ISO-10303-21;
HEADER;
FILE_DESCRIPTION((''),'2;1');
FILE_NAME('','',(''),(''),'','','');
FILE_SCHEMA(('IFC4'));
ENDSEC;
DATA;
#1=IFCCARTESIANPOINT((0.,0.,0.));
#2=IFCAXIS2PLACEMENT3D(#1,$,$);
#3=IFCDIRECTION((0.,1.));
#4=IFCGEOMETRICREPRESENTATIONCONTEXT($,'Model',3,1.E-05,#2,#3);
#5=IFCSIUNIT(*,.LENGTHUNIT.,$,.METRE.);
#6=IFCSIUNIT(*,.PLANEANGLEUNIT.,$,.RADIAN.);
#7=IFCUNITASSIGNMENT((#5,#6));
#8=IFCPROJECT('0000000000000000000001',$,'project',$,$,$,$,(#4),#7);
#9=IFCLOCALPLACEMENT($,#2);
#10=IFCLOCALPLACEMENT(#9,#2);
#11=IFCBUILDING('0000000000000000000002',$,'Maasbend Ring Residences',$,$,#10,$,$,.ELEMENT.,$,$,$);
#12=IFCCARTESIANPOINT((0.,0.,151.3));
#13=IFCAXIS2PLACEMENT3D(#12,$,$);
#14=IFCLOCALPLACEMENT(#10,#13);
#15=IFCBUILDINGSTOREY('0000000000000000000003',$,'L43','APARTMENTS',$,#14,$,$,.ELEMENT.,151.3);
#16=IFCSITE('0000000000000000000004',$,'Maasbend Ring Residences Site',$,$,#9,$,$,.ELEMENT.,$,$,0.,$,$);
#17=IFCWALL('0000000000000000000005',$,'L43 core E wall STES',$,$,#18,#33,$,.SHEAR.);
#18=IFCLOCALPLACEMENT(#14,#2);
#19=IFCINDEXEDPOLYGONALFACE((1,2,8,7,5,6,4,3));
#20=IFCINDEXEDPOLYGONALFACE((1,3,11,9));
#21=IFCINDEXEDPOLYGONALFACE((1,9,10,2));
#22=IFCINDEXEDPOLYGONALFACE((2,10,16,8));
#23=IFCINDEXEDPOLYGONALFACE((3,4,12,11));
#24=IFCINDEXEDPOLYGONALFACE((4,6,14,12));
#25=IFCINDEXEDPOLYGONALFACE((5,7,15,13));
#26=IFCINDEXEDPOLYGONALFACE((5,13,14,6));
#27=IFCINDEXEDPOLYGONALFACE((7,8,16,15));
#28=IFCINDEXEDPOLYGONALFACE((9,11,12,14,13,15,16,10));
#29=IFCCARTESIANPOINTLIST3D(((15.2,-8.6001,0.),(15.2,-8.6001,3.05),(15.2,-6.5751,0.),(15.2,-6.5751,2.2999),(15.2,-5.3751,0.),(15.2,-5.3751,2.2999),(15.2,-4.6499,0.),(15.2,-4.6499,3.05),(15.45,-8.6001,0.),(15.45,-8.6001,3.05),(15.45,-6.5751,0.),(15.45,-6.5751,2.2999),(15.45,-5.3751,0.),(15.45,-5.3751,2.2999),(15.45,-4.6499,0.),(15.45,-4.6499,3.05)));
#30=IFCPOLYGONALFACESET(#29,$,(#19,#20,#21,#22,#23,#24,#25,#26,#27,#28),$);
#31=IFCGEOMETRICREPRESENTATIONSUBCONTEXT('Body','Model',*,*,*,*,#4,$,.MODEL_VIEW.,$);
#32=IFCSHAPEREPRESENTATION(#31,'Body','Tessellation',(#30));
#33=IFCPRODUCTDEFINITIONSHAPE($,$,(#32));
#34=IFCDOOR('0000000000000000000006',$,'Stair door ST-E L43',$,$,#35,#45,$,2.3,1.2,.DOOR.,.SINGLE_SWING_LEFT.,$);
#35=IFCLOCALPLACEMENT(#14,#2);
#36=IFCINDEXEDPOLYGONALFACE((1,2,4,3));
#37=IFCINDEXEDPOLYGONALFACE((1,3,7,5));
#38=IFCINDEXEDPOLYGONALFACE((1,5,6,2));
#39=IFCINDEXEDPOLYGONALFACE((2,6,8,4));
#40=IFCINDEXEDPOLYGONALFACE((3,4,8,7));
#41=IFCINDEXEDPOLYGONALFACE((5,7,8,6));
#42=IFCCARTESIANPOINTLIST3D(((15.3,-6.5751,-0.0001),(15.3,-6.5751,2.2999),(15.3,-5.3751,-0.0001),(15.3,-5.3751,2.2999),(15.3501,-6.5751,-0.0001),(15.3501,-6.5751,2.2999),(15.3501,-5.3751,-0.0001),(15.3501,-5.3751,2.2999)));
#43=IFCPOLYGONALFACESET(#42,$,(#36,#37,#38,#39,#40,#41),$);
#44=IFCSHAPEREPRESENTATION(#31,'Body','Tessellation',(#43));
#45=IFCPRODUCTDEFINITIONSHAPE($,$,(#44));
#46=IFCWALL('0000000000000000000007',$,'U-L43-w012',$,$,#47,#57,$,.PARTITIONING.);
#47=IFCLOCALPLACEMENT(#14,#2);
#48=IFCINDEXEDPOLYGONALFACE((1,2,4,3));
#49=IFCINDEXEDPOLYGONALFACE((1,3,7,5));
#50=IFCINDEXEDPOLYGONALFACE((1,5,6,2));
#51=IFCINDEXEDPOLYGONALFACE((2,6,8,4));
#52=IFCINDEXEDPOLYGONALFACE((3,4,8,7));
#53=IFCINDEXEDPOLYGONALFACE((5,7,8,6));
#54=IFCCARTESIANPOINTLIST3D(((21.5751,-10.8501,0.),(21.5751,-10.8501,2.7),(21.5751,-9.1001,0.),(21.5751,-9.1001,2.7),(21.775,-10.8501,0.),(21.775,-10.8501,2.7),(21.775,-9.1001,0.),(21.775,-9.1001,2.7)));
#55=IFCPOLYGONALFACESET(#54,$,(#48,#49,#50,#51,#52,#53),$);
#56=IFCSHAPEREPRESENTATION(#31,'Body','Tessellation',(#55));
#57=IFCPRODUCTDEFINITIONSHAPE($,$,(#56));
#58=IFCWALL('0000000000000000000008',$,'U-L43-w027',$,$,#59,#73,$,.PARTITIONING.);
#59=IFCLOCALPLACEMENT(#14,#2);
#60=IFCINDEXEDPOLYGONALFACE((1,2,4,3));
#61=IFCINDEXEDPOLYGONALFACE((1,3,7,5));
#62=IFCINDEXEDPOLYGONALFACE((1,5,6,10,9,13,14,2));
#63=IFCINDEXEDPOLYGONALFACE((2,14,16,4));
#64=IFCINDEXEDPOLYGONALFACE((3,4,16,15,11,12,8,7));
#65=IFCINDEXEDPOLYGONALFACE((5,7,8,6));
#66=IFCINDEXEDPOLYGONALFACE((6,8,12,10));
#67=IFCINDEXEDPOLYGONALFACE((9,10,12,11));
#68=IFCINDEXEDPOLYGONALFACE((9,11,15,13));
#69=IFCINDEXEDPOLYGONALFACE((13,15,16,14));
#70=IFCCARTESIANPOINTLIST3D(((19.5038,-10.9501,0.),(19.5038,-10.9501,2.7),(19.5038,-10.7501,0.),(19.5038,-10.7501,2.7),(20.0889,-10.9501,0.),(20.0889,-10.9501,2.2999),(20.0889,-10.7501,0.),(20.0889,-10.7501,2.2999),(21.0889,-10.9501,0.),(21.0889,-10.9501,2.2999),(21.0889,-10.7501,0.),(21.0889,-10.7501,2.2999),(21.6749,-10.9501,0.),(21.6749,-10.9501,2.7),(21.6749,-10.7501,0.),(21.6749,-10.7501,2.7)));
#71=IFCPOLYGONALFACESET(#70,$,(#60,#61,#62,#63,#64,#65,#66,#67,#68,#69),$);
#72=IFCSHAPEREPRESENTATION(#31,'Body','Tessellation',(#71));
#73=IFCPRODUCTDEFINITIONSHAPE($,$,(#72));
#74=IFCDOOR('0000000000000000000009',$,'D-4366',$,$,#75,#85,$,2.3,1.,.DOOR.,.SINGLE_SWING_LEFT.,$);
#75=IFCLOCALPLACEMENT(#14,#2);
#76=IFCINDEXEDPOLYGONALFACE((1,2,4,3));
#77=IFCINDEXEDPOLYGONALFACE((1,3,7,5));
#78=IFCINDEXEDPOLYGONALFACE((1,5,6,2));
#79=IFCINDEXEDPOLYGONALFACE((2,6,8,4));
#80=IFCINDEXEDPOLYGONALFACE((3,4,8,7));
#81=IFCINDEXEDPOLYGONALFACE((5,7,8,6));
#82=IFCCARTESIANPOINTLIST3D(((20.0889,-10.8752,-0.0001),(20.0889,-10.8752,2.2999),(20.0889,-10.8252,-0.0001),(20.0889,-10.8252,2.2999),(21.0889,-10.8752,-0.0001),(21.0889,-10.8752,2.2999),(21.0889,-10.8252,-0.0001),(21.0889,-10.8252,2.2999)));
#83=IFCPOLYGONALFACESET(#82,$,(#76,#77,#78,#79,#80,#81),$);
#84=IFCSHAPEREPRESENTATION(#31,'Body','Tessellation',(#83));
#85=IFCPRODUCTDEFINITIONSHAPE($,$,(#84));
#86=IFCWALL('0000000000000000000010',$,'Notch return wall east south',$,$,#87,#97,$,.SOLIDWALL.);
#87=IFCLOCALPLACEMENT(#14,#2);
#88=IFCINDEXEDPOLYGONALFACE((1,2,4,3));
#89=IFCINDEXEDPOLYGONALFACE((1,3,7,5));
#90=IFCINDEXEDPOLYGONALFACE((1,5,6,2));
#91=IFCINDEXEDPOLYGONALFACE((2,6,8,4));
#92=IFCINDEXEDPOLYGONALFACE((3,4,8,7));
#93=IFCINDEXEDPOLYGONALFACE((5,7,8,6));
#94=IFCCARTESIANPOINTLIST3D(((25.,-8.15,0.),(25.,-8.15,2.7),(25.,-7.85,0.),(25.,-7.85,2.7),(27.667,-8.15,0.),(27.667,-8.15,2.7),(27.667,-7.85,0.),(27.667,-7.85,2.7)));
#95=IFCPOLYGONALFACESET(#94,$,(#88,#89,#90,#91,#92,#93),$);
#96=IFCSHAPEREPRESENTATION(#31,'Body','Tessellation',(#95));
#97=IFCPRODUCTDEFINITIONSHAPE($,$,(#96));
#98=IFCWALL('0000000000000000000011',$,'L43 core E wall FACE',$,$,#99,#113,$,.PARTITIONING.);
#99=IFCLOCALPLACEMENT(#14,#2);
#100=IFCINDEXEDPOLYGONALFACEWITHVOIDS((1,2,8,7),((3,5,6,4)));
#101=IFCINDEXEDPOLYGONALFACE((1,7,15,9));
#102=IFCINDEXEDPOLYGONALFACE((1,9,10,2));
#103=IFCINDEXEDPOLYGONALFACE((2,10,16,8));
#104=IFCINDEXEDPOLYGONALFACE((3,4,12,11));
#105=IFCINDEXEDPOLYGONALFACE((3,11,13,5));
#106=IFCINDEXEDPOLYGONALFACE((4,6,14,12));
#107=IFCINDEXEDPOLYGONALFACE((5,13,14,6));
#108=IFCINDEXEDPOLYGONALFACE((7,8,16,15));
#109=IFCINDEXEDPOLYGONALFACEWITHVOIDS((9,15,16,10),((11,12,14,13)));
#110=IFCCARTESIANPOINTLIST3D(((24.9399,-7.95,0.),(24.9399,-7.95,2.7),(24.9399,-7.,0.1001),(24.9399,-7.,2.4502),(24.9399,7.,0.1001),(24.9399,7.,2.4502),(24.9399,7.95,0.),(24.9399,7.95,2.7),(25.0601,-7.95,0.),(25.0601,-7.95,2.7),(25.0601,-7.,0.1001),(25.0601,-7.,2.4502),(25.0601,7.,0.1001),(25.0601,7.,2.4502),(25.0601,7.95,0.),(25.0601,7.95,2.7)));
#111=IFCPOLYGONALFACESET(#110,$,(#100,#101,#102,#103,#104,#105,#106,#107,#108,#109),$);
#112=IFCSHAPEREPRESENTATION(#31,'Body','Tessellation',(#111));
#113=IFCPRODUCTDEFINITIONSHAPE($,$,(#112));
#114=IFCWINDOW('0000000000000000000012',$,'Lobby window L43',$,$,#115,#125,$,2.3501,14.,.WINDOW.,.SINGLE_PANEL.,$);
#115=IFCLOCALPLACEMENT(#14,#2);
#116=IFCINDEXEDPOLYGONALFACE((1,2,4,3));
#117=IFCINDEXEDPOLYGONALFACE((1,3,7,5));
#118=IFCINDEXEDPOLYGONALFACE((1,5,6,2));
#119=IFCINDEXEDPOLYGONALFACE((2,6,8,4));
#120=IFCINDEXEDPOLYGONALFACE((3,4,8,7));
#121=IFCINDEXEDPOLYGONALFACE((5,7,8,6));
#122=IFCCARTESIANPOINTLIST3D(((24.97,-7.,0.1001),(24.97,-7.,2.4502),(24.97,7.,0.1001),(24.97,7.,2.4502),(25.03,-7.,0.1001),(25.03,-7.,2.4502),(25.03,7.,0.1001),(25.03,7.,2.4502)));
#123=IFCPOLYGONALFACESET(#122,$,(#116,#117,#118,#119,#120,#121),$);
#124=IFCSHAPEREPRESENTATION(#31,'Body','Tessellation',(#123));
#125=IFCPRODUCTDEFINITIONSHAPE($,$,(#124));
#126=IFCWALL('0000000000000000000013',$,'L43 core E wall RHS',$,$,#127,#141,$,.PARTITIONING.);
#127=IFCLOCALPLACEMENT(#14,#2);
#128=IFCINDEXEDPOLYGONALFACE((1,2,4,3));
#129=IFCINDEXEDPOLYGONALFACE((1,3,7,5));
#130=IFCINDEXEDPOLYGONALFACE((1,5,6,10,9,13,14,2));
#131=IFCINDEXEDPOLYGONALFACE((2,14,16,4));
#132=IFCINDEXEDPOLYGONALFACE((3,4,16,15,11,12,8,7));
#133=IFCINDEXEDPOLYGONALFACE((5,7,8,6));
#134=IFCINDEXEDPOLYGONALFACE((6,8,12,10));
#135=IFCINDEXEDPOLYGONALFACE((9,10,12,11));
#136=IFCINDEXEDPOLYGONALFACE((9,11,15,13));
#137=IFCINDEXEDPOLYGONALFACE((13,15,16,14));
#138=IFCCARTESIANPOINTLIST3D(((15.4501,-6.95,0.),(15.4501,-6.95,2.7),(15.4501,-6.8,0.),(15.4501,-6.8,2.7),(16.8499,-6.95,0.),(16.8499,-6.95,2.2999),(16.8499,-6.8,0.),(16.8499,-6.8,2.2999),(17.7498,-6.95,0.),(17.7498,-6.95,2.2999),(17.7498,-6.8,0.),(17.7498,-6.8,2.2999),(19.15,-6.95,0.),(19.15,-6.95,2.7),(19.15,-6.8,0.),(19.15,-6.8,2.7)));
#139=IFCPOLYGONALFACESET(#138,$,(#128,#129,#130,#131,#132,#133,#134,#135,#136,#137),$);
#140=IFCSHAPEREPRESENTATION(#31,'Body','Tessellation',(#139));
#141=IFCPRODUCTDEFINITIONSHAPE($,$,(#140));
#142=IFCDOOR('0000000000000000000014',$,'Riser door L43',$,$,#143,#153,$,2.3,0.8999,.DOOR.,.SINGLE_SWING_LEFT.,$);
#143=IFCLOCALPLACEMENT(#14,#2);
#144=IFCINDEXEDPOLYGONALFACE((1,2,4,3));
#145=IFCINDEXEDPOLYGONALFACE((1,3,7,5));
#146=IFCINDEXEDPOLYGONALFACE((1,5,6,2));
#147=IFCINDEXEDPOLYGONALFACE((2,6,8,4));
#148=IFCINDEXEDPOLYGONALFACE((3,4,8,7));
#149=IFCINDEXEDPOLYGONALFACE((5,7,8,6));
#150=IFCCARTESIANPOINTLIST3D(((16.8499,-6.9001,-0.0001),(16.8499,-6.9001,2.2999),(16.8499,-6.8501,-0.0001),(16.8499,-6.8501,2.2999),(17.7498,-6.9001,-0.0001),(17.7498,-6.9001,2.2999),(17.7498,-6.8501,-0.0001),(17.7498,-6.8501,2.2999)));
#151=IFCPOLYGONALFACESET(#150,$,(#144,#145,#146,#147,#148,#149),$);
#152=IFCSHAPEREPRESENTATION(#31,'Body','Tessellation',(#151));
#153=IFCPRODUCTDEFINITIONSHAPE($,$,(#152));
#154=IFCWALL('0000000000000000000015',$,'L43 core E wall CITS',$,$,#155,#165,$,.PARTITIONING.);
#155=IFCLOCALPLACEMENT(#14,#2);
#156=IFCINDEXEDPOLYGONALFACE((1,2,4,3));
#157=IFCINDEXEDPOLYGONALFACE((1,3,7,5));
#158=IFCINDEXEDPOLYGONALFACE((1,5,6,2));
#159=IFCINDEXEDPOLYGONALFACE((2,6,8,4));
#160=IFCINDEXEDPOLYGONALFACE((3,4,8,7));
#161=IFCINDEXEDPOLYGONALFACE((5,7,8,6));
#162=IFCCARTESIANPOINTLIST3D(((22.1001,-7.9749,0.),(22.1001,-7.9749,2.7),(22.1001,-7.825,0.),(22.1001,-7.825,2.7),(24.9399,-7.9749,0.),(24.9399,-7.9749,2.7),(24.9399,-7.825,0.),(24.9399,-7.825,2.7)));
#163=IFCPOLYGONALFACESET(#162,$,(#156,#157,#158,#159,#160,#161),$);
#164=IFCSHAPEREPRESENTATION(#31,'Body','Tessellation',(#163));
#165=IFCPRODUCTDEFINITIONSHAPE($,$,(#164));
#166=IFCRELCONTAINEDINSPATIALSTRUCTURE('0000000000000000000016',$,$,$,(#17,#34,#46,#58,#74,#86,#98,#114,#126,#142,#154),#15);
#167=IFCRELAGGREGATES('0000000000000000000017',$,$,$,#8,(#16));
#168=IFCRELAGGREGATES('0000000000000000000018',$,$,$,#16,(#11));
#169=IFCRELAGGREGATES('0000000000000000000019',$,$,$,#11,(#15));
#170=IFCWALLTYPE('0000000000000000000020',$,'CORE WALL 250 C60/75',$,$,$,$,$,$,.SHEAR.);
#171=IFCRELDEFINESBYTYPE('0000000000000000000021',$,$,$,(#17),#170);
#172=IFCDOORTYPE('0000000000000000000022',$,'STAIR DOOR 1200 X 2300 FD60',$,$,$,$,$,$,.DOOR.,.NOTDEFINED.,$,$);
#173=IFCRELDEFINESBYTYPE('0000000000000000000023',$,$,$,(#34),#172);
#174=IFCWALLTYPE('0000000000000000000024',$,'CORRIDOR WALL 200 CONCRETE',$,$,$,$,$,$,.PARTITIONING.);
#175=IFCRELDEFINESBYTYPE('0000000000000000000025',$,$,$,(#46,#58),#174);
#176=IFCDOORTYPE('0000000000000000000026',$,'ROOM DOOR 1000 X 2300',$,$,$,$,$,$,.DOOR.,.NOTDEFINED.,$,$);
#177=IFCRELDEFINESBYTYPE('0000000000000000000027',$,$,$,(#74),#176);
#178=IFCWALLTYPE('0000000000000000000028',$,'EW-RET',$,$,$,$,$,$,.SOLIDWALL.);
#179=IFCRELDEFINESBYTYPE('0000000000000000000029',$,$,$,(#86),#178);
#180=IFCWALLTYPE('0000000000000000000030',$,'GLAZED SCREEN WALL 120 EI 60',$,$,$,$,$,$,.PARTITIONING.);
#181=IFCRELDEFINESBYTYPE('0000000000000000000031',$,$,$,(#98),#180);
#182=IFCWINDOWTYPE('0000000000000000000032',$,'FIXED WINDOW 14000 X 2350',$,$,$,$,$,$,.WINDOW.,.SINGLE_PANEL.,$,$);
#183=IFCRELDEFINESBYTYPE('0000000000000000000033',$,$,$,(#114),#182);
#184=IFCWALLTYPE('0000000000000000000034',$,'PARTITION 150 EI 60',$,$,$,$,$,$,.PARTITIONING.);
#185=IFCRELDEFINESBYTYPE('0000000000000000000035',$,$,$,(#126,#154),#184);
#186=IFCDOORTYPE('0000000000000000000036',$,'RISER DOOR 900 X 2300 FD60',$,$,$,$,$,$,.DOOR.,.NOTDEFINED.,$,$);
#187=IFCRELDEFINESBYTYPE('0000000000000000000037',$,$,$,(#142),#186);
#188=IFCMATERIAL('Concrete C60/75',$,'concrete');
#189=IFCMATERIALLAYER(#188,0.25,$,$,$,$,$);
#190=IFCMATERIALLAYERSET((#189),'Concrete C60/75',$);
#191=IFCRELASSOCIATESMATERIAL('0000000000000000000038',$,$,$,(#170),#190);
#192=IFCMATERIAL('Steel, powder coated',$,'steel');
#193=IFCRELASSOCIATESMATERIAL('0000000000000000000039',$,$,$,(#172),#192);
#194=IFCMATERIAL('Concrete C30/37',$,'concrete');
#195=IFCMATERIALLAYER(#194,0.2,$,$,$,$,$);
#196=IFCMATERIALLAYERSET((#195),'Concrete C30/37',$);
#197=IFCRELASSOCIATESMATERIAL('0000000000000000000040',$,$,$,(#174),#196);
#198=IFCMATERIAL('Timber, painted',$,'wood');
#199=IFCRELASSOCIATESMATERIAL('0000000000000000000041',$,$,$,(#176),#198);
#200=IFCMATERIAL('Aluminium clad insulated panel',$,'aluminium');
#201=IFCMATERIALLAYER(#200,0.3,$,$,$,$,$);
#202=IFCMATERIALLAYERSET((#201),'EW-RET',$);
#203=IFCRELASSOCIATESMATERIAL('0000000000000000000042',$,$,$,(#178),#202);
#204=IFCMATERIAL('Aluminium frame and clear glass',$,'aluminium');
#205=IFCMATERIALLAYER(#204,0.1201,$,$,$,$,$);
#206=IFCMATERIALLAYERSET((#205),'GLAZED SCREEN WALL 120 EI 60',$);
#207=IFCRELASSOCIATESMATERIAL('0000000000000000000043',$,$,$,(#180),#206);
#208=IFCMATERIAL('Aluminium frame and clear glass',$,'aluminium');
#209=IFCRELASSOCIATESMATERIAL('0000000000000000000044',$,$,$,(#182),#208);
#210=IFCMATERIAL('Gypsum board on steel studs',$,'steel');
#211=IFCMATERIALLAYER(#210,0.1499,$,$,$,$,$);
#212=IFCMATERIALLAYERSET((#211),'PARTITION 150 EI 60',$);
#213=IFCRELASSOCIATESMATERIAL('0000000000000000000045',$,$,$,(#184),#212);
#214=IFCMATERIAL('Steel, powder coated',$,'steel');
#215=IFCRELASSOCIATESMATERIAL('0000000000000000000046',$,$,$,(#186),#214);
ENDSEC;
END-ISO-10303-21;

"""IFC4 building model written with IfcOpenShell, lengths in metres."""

from ifc_helpers import new_model, si_unit, direction, frame, frame_2d, origin, place, context, subcontext, project, spatial, rectangle, extrude, material, layer, layer_set, type_object, element, fill, save


model = new_model("IFC4")

# Units and contexts
model_context = context("Model", 3, precision=1e-05, world=origin(), true_north=direction((0.0, 1.0)))
body_context = subcontext(model_context, "Body", "Model", "MODEL_VIEW")
ifc_project = project(units=[si_unit("LENGTHUNIT", "METRE"), si_unit("PLANEANGLEUNIT", "RADIAN")], contexts=[model_context])

# Site, building, storey
site_placement = place(None, origin())
site = spatial("IfcSite", under=ifc_project, at=site_placement, Name="Maasbend Ring Residences Site", CompositionType="ELEMENT", RefElevation=0.0)
building_placement = place(site_placement, origin())
building = spatial("IfcBuilding", under=site, at=building_placement, Name="Maasbend Ring Residences", CompositionType="ELEMENT")
storey_placement = place(building_placement, frame((0.0, 0.0, 151.3)))
storey = spatial("IfcBuildingStorey", under=building, at=storey_placement, Name="L43", Description="APARTMENTS", CompositionType="ELEMENT", Elevation=151.3)

# Shared definitions
ifc_material_1 = material(Name="Concrete C60/75", Category="concrete")
ifc_layer_1 = layer(ifc_material_1, 0.25)
ifc_layer_set_1 = layer_set([ifc_layer_1], Name="Concrete C60/75")
wall_type_1 = type_object("IfcWallType", Name="CORE WALL 250 C60/75", PredefinedType="SHEAR", material=ifc_layer_set_1)

# Wall, opening, door
wall_1_placement = place(storey_placement, frame((15.325, -8.6001, 0.0), z_axis=(0.0, 0.0, 1.0), x_axis=(0.0, 1.0, 0.0)))
wall_1 = element("IfcWall", 1, at=wall_1_placement, inside=storey, type_object=wall_type_1, Name="L43 core E wall STES", PredefinedType="SHEAR", context=body_context, shape_type="SweptSolid", body=[
    extrude(rectangle(XDim=3.9502, YDim=0.25, at=frame_2d((1.9751, 0.0))), origin(), (0.0, 0.0, 1.0), 3.05),
])
opening_1_placement = place(wall_1_placement, frame((2.0249, 0.0, 0.0)))
opening_1 = element("IfcOpeningElement", 2, at=opening_1_placement, cuts=wall_1, PredefinedType="OPENING", context=body_context, shape_type="SweptSolid", body=[
    extrude(rectangle(XDim=1.2, YDim=2.3, at=frame_2d((0.6001, 1.1499))), frame((0.0, 0.135, 0.0), z_axis=(0.0, -1.0, 0.0), x_axis=(1.0, 0.0, 0.0)), (0.0, 0.0, 1.0), 0.27),
])
ifc_material_2 = material(Name="Steel, powder coated", Category="steel")
door_type_1 = type_object("IfcDoorType", Name="STAIR DOOR 1200 X 2300 FD60", OperationType="NOTDEFINED", PredefinedType="DOOR", material=ifc_material_2)
door_1_placement = place(opening_1_placement, origin())
door_1 = element("IfcDoor", 3, at=door_1_placement, inside=storey, type_object=door_type_1, Name="Stair door ST-E L43", OperationType="SINGLE_SWING_LEFT", OverallHeight=2.3, OverallWidth=1.2, PredefinedType="DOOR", context=body_context, shape_type="SweptSolid", body=[
    extrude(rectangle(XDim=1.2, YDim=2.3, at=frame_2d((0.6001, 1.1499))), frame((0.0, 0.0249, 0.0), z_axis=(0.0, -1.0, 0.0), x_axis=(1.0, 0.0, 0.0)), (0.0, 0.0, 1.0), 0.05),
])
fill(opening_1, door_1)

# Wall
ifc_material_3 = material(Name="Concrete C30/37", Category="concrete")
ifc_layer_2 = layer(ifc_material_3, 0.2)
ifc_layer_set_2 = layer_set([ifc_layer_2], Name="Concrete C30/37")
wall_type_2 = type_object("IfcWallType", Name="CORRIDOR WALL 200 CONCRETE", PredefinedType="PARTITIONING", material=ifc_layer_set_2)
wall_2_placement = place(storey_placement, frame((21.675, -10.8501, 0.0), z_axis=(0.0, 0.0, 1.0), x_axis=(0.0, 1.0, 0.0)))
element("IfcWall", 4, at=wall_2_placement, inside=storey, type_object=wall_type_2, Name="U-L43-w012", PredefinedType="PARTITIONING", context=body_context, shape_type="SweptSolid", body=[
    extrude(rectangle(XDim=1.75, YDim=0.2, at=frame_2d((0.875, 0.0))), origin(), (0.0, 0.0, 1.0), 2.7),
])

# Wall, opening, door
wall_3_placement = place(storey_placement, frame((19.5039, -10.8501, 0.0), z_axis=(0.0, 0.0, 1.0), x_axis=(1.0, 0.0, 0.0)))
wall_3 = element("IfcWall", 5, at=wall_3_placement, inside=storey, type_object=wall_type_2, Name="U-L43-w027", PredefinedType="PARTITIONING", context=body_context, shape_type="SweptSolid", body=[
    extrude(rectangle(XDim=2.1711, YDim=0.2, at=frame_2d((1.0854, 0.0))), origin(), (0.0, 0.0, 1.0), 2.7),
])
opening_2_placement = place(wall_3_placement, frame((0.585, 0.0, 0.0)))
opening_2 = element("IfcOpeningElement", 6, at=opening_2_placement, cuts=wall_3, PredefinedType="OPENING", context=body_context, shape_type="SweptSolid", body=[
    extrude(rectangle(XDim=1.0, YDim=2.3, at=frame_2d((0.5, 1.1499))), frame((0.0, 0.1099, 0.0), z_axis=(0.0, -1.0, 0.0), x_axis=(1.0, 0.0, 0.0)), (0.0, 0.0, 1.0), 0.22),
])
ifc_material_4 = material(Name="Timber, painted", Category="wood")
door_type_2 = type_object("IfcDoorType", Name="ROOM DOOR 1000 X 2300", OperationType="NOTDEFINED", PredefinedType="DOOR", material=ifc_material_4)
door_2_placement = place(opening_2_placement, origin())
door_2 = element("IfcDoor", 7, at=door_2_placement, inside=storey, type_object=door_type_2, Name="D-4366", OperationType="SINGLE_SWING_LEFT", OverallHeight=2.3, OverallWidth=1.0, PredefinedType="DOOR", context=body_context, shape_type="SweptSolid", body=[
    extrude(rectangle(XDim=1.0, YDim=2.3, at=frame_2d((0.5, 1.1499))), frame((0.0, 0.0249, 0.0), z_axis=(0.0, -1.0, 0.0), x_axis=(1.0, 0.0, 0.0)), (0.0, 0.0, 1.0), 0.05),
])
fill(opening_2, door_2)

# Wall
ifc_material_5 = material(Name="Aluminium clad insulated panel", Category="aluminium")
ifc_layer_3 = layer(ifc_material_5, 0.3)
ifc_layer_set_3 = layer_set([ifc_layer_3], Name="EW-RET")
wall_type_3 = type_object("IfcWallType", Name="EW-RET", PredefinedType="SOLIDWALL", material=ifc_layer_set_3)
wall_4_placement = place(storey_placement, frame((25.0, -8.0, 0.0), z_axis=(0.0, 0.0, 1.0), x_axis=(1.0, 0.0, 0.0)))
element("IfcWall", 8, at=wall_4_placement, inside=storey, type_object=wall_type_3, Name="Notch return wall east south", PredefinedType="SOLIDWALL", context=body_context, shape_type="SweptSolid", body=[
    extrude(rectangle(XDim=2.667, YDim=0.3, at=frame_2d((1.3335, 0.0))), origin(), (0.0, 0.0, 1.0), 2.7),
])

# Wall, opening, window
ifc_material_6 = material(Name="Aluminium frame and clear glass", Category="aluminium")
ifc_layer_4 = layer(ifc_material_6, 0.1201)
ifc_layer_set_4 = layer_set([ifc_layer_4], Name="GLAZED SCREEN WALL 120 EI 60")
wall_type_4 = type_object("IfcWallType", Name="GLAZED SCREEN WALL 120 EI 60", PredefinedType="PARTITIONING", material=ifc_layer_set_4)
wall_5_placement = place(storey_placement, frame((25.0, -7.95, 0.0), z_axis=(0.0, 0.0, 1.0), x_axis=(0.0, 1.0, 0.0)))
wall_5 = element("IfcWall", 9, at=wall_5_placement, inside=storey, type_object=wall_type_4, Name="L43 core E wall FACE", PredefinedType="PARTITIONING", context=body_context, shape_type="SweptSolid", body=[
    extrude(rectangle(XDim=15.8999, YDim=0.1201, at=frame_2d((7.95, 0.0))), origin(), (0.0, 0.0, 1.0), 2.7),
])
opening_3_placement = place(wall_5_placement, frame((0.95, 0.0, 0.1001)))
opening_3 = element("IfcOpeningElement", 10, at=opening_3_placement, cuts=wall_5, PredefinedType="OPENING", context=body_context, shape_type="SweptSolid", body=[
    extrude(rectangle(XDim=14.0, YDim=2.3501, at=frame_2d((7.0, 1.175))), frame((0.0, 0.0701, 0.0), z_axis=(0.0, -1.0, 0.0), x_axis=(1.0, 0.0, 0.0)), (0.0, 0.0, 1.0), 0.1401),
])
ifc_material_7 = material(Name="Aluminium frame and clear glass", Category="aluminium")
window_type = type_object("IfcWindowType", Name="FIXED WINDOW 14000 X 2350", PartitioningType="SINGLE_PANEL", PredefinedType="WINDOW", material=ifc_material_7)
window_placement = place(opening_3_placement, origin())
window = element("IfcWindow", 11, at=window_placement, inside=storey, type_object=window_type, Name="Lobby window L43", OverallHeight=2.3501, OverallWidth=14.0, PartitioningType="SINGLE_PANEL", PredefinedType="WINDOW", context=body_context, shape_type="SweptSolid", body=[
    extrude(rectangle(XDim=14.0, YDim=2.3501, at=frame_2d((7.0, 1.175))), frame((0.0, 0.03, 0.0), z_axis=(0.0, -1.0, 0.0), x_axis=(1.0, 0.0, 0.0)), (0.0, 0.0, 1.0), 0.0601),
])
fill(opening_3, window)

# Wall, opening, door
ifc_material_8 = material(Name="Gypsum board on steel studs", Category="steel")
ifc_layer_5 = layer(ifc_material_8, 0.1499)
ifc_layer_set_5 = layer_set([ifc_layer_5], Name="PARTITION 150 EI 60")
wall_type_5 = type_object("IfcWallType", Name="PARTITION 150 EI 60", PredefinedType="PARTITIONING", material=ifc_layer_set_5)
wall_6_placement = place(storey_placement, frame((15.45, -6.875, 0.0), z_axis=(0.0, 0.0, 1.0), x_axis=(1.0, 0.0, 0.0)))
wall_6 = element("IfcWall", 12, at=wall_6_placement, inside=storey, type_object=wall_type_5, Name="L43 core E wall RHS", PredefinedType="PARTITIONING", context=body_context, shape_type="SweptSolid", body=[
    extrude(rectangle(XDim=3.7, YDim=0.1499, at=frame_2d((1.8501, 0.0))), origin(), (0.0, 0.0, 1.0), 2.7),
])
opening_4_placement = place(wall_6_placement, frame((1.3999, 0.0, 0.0)))
opening_4 = element("IfcOpeningElement", 13, at=opening_4_placement, cuts=wall_6, PredefinedType="OPENING", context=body_context, shape_type="SweptSolid", body=[
    extrude(rectangle(XDim=0.8999, YDim=2.3, at=frame_2d((0.45, 1.1499))), frame((0.0, 0.085, 0.0), z_axis=(0.0, -1.0, 0.0), x_axis=(1.0, 0.0, 0.0)), (0.0, 0.0, 1.0), 0.1699),
])
ifc_material_9 = material(Name="Steel, powder coated", Category="steel")
door_type_3 = type_object("IfcDoorType", Name="RISER DOOR 900 X 2300 FD60", OperationType="NOTDEFINED", PredefinedType="DOOR", material=ifc_material_9)
door_3_placement = place(opening_4_placement, origin())
door_3 = element("IfcDoor", 14, at=door_3_placement, inside=storey, type_object=door_type_3, Name="Riser door L43", OperationType="SINGLE_SWING_LEFT", OverallHeight=2.3, OverallWidth=0.8999, PredefinedType="DOOR", context=body_context, shape_type="SweptSolid", body=[
    extrude(rectangle(XDim=0.8999, YDim=2.3, at=frame_2d((0.45, 1.1499))), frame((0.0, 0.0249, 0.0), z_axis=(0.0, -1.0, 0.0), x_axis=(1.0, 0.0, 0.0)), (0.0, 0.0, 1.0), 0.05),
])
fill(opening_4, door_3)

# Wall
wall_7_placement = place(storey_placement, frame((22.1001, -7.8999, 0.0), z_axis=(0.0, 0.0, 1.0), x_axis=(1.0, 0.0, 0.0)))
element("IfcWall", 15, at=wall_7_placement, inside=storey, type_object=wall_type_5, Name="L43 core E wall CITS", PredefinedType="PARTITIONING", context=body_context, shape_type="SweptSolid", body=[
    extrude(rectangle(XDim=2.8398, YDim=0.1499, at=frame_2d((1.4199, 0.0))), origin(), (0.0, 0.0, 1.0), 2.7),
])

save(model, "model.ifc")
